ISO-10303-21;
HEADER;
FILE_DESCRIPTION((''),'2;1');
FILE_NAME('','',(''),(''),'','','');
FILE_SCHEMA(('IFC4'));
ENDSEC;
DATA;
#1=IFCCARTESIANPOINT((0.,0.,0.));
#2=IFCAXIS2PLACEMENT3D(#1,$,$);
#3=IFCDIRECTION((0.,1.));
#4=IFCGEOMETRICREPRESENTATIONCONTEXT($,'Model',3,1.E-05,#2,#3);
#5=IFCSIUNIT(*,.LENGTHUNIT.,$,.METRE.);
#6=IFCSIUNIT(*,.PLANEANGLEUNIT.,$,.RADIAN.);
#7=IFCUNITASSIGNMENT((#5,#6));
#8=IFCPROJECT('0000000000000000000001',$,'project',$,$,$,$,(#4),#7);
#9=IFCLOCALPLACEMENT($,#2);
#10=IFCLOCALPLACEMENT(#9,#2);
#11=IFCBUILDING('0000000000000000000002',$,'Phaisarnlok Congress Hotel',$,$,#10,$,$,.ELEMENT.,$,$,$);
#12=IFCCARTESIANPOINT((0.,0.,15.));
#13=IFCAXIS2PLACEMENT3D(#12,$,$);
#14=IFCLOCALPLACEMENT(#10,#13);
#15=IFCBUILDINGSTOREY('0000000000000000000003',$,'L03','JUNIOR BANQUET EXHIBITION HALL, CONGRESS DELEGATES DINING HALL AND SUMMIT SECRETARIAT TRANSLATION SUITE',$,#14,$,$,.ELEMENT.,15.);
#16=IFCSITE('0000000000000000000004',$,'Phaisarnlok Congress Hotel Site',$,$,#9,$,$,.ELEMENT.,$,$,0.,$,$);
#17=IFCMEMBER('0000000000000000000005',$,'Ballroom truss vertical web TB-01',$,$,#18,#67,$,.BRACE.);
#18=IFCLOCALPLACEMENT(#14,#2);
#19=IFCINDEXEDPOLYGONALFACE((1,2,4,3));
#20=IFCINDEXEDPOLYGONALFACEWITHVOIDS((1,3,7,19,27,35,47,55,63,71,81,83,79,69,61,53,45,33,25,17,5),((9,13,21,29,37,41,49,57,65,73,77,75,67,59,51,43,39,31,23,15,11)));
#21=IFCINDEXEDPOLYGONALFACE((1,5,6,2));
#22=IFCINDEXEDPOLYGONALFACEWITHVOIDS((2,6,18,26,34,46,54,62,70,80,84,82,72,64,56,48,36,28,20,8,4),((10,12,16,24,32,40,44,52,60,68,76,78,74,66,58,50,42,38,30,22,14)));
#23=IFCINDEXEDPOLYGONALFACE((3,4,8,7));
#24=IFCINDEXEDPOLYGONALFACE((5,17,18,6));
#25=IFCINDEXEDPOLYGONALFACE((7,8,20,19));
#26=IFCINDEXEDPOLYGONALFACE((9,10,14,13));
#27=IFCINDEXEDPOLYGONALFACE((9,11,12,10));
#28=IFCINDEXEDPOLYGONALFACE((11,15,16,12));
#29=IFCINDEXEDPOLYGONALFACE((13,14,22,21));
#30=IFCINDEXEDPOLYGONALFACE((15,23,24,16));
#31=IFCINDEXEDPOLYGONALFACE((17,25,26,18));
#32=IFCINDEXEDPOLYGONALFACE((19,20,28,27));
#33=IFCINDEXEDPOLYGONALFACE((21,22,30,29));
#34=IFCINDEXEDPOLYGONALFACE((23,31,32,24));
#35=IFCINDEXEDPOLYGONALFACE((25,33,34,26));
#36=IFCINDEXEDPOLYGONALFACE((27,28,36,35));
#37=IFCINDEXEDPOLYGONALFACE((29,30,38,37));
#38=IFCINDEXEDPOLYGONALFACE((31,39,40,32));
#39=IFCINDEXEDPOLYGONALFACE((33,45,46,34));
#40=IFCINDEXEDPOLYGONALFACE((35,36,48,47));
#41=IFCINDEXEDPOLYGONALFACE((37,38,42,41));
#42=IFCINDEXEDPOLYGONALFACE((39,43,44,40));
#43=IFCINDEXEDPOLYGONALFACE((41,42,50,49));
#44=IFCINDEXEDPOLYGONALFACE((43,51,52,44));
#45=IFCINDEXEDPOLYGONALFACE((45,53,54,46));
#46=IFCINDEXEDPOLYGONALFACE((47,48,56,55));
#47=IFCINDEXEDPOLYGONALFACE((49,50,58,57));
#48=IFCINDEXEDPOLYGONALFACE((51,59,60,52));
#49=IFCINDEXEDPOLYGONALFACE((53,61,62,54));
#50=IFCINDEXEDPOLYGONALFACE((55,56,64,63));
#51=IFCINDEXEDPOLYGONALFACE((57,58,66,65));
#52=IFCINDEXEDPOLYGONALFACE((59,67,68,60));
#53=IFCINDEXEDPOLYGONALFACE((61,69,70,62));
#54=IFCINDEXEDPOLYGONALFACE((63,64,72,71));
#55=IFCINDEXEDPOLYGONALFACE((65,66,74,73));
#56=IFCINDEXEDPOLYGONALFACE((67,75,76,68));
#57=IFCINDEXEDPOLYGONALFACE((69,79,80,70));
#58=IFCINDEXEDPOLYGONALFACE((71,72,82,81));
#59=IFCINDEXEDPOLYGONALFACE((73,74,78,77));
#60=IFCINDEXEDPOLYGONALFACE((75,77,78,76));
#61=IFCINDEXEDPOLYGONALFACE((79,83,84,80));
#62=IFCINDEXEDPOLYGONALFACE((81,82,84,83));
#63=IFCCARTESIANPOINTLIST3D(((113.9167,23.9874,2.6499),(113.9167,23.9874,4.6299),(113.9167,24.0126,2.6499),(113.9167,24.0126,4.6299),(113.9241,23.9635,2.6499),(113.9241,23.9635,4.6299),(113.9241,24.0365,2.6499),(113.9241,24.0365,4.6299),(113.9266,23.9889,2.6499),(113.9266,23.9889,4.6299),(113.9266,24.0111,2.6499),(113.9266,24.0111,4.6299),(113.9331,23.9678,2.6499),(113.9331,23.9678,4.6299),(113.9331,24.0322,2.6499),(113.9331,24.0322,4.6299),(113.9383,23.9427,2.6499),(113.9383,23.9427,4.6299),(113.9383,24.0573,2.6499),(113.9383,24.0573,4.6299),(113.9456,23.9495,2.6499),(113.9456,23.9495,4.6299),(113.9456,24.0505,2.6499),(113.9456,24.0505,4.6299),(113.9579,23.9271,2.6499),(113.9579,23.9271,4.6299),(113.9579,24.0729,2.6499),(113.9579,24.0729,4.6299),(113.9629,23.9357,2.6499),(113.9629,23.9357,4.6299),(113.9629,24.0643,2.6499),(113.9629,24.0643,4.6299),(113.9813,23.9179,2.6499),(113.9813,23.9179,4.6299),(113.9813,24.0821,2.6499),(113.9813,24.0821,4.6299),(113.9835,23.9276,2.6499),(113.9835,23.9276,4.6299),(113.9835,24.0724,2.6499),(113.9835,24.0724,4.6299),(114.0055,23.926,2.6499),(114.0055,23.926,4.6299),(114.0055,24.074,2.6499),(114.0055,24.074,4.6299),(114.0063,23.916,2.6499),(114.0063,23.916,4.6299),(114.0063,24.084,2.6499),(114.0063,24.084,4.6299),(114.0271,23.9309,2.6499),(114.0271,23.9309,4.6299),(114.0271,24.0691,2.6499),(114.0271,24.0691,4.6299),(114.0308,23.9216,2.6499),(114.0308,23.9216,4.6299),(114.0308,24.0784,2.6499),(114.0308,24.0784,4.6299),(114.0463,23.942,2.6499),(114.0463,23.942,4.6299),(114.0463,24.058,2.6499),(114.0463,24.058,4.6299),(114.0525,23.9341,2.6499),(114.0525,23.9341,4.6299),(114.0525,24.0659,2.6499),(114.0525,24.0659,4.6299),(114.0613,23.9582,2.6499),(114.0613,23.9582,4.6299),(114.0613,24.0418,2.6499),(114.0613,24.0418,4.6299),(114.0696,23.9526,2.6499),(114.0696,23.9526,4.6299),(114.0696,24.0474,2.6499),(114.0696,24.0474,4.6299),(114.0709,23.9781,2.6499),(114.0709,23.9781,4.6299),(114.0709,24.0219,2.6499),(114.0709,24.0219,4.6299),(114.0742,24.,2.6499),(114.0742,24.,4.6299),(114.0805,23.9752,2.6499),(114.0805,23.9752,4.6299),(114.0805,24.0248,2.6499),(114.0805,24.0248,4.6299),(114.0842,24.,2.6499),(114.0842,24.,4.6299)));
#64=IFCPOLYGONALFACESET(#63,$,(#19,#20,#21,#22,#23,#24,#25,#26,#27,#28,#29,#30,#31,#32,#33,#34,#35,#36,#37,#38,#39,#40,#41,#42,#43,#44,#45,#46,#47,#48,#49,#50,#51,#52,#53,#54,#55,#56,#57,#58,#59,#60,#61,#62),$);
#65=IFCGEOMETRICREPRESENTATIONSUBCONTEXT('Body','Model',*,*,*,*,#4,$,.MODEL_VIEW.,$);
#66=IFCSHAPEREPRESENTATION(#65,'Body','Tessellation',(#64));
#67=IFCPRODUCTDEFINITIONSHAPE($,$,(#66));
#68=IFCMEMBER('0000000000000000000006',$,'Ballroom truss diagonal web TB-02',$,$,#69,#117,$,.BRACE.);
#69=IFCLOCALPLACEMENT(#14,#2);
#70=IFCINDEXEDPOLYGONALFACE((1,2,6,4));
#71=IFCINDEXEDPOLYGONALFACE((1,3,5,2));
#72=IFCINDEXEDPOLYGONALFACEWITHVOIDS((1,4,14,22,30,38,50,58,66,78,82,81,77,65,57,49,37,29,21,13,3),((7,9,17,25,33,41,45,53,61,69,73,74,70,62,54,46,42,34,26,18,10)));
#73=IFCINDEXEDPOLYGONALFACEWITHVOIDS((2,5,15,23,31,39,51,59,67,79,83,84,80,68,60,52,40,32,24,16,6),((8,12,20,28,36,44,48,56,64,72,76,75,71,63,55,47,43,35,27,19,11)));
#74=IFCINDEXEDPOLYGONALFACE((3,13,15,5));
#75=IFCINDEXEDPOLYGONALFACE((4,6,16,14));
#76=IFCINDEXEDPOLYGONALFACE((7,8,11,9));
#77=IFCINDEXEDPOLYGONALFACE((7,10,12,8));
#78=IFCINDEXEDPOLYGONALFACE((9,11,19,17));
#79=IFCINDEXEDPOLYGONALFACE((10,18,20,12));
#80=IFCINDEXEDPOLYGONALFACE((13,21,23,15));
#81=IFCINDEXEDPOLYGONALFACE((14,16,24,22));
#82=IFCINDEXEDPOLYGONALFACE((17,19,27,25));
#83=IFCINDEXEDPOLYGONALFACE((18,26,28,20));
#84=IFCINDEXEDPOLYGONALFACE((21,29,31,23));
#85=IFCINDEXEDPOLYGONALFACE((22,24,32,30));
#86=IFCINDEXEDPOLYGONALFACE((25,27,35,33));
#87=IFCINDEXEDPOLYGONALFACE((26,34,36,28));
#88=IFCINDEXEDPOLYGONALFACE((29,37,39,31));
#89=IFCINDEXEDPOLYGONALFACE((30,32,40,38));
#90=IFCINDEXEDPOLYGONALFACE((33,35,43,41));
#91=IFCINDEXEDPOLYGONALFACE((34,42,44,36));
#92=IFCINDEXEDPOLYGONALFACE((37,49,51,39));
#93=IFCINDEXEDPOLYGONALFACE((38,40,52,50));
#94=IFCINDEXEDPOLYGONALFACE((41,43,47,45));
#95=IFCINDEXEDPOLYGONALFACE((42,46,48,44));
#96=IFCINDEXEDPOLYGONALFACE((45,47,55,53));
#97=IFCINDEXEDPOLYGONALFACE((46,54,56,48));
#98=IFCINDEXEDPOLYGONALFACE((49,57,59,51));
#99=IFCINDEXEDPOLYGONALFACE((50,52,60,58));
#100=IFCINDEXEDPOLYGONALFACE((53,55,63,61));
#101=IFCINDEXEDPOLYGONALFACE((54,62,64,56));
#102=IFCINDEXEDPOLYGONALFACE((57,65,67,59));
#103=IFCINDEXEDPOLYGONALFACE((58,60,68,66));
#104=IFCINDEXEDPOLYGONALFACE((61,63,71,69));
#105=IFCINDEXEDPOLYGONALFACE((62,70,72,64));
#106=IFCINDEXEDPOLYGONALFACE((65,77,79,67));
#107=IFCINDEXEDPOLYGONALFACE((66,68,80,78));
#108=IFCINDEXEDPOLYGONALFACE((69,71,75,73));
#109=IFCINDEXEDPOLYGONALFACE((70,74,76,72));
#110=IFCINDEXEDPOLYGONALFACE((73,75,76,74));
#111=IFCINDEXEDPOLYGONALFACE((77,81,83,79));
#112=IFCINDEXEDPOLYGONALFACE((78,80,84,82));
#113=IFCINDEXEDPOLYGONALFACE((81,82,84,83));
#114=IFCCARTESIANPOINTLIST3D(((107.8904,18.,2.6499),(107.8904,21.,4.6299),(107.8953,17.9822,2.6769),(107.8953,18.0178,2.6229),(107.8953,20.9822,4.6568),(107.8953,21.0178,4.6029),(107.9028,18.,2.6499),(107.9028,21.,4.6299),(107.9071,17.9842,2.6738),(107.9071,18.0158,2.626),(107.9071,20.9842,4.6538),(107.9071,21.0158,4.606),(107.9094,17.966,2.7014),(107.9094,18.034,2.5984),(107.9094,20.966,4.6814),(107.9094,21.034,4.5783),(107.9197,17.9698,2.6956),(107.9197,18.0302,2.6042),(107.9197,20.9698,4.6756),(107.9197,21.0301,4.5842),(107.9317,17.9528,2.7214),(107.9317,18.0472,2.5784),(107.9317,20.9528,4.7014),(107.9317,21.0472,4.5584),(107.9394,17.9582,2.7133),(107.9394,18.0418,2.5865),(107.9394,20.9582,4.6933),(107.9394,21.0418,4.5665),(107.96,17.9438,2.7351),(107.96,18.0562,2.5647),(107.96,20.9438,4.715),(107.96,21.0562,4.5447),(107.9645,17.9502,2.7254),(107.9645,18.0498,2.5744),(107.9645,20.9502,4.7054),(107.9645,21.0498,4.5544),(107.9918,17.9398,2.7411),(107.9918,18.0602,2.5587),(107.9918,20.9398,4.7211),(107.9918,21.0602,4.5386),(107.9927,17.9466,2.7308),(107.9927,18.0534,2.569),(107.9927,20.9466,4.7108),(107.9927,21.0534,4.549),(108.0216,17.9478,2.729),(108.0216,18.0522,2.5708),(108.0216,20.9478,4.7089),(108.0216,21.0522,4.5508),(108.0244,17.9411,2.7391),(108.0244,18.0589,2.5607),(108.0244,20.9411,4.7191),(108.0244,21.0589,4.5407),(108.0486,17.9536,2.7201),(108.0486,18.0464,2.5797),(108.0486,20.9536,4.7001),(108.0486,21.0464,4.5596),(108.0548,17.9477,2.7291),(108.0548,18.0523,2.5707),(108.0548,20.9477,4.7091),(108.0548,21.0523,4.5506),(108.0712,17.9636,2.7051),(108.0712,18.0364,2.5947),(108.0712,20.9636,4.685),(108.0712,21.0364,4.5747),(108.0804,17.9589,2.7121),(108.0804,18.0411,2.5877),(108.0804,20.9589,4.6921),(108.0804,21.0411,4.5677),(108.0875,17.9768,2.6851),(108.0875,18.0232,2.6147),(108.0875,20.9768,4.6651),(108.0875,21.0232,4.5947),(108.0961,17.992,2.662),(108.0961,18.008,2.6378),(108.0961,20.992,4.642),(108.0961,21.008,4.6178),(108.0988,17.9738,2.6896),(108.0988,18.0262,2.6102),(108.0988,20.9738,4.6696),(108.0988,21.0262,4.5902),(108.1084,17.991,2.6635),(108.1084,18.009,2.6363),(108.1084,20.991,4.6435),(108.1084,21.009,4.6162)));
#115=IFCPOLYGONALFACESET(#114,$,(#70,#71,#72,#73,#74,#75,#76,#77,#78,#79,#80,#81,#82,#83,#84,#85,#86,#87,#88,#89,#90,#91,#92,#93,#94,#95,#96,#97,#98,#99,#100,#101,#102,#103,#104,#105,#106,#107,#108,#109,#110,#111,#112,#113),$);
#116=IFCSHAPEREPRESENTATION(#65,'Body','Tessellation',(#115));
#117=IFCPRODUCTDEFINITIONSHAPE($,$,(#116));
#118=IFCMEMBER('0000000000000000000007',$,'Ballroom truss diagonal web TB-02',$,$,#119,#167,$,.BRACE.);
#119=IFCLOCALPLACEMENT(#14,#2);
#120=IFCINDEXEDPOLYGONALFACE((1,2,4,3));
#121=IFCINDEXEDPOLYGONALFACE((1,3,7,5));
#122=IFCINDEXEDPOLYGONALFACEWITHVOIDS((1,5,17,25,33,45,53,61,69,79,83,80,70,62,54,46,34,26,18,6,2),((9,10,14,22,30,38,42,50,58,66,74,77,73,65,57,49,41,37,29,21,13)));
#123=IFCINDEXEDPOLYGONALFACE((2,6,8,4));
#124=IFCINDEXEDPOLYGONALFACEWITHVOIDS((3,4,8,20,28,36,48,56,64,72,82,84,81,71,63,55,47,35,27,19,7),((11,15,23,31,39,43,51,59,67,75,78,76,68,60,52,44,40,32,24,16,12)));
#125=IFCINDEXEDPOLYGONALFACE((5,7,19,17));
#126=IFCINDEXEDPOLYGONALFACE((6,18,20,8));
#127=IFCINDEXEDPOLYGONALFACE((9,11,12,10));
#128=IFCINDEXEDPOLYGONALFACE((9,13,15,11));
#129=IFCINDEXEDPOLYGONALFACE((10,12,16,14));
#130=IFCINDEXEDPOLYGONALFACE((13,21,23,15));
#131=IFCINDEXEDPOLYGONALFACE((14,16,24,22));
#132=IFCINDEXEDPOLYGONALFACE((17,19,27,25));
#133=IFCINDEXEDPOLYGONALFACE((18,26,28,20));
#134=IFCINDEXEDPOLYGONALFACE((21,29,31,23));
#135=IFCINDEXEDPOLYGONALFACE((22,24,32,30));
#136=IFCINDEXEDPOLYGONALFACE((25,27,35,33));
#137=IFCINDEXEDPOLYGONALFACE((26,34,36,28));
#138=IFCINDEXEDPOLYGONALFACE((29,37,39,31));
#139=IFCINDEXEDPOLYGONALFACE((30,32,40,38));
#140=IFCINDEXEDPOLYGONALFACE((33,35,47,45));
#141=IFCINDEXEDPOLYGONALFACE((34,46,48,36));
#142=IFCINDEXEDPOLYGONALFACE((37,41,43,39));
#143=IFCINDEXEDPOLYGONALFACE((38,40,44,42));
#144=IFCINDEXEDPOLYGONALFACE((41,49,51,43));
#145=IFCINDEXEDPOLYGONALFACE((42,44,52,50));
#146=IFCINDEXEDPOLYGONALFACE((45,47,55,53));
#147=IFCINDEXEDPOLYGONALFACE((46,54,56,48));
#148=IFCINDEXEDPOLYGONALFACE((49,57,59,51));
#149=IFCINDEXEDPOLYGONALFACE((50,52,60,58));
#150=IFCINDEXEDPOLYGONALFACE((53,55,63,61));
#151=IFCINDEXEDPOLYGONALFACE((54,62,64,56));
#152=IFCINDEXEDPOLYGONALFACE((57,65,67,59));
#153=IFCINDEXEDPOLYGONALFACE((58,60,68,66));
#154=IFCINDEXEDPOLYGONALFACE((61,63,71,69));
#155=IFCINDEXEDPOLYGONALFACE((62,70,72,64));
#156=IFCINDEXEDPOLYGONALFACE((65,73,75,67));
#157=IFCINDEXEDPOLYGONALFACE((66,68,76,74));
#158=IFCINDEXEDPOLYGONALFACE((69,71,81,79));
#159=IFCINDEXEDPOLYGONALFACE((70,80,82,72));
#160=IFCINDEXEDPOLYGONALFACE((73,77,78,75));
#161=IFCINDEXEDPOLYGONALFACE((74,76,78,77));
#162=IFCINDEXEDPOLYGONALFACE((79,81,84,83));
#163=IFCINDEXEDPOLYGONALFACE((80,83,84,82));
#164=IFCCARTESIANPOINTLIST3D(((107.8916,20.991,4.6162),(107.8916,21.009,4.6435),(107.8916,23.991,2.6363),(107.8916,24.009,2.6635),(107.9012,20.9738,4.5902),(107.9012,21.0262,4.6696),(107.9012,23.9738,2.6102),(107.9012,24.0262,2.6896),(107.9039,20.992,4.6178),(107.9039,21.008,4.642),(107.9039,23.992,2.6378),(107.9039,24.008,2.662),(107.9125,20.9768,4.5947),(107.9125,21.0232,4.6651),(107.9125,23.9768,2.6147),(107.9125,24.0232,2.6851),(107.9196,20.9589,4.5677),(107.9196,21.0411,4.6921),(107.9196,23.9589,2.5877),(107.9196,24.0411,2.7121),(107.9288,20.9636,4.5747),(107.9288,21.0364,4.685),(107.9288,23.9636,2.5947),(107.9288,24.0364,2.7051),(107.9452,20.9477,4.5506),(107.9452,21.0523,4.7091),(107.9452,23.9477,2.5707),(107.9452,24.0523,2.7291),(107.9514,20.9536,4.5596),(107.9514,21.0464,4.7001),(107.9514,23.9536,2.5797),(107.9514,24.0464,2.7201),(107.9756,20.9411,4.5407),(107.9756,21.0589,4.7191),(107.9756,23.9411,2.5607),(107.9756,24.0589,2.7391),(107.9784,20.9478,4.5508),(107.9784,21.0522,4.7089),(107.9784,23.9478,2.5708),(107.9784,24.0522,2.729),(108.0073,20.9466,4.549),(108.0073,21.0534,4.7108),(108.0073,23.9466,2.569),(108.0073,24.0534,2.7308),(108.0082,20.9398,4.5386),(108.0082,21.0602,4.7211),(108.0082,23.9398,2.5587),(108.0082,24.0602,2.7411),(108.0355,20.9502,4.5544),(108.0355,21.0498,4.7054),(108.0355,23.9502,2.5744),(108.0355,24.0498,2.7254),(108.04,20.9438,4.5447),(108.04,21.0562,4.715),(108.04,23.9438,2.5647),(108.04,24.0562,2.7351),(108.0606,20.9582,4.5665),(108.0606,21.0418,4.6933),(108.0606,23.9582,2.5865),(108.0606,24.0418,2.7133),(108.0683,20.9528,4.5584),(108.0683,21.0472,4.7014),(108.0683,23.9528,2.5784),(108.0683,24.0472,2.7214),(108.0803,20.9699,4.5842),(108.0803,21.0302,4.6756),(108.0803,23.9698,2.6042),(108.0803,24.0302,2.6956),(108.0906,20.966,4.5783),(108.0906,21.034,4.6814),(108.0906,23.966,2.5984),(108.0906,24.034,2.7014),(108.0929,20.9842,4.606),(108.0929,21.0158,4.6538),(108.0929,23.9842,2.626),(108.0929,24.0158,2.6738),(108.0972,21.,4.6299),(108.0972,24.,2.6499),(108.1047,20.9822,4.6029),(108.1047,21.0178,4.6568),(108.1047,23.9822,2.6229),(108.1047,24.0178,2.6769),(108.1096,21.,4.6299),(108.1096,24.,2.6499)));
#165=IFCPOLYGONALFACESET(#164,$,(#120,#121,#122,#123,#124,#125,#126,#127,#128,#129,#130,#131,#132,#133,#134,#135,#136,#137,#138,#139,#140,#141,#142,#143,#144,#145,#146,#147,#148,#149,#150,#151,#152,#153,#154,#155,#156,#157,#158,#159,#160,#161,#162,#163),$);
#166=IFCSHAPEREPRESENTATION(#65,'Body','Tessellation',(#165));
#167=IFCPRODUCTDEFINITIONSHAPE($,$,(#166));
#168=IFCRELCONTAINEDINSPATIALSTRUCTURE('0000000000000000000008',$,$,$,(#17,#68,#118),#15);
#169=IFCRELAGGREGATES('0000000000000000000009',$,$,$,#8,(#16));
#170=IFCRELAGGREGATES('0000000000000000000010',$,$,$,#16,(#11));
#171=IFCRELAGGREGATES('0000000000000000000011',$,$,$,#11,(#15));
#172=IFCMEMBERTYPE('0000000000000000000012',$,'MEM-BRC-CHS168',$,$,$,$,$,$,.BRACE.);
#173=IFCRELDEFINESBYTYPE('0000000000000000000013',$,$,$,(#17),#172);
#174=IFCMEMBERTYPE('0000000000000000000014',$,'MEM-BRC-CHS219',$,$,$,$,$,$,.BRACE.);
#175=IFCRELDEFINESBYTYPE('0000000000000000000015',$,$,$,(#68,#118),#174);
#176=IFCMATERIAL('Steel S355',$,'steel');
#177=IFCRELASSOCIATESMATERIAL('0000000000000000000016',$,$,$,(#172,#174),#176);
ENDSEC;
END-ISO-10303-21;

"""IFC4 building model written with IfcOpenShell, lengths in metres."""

from ifc_helpers import new_model, si_unit, direction, frame, origin, origin_2d, place, context, subcontext, project, spatial, hollow_circle, extrude, material, material_profile, profile_set, type_object, element, save


model = new_model("IFC4")

# Units and contexts
model_context = context("Model", 3, precision=1e-05, world=origin(), true_north=direction((0.0, 1.0)))
body_context = subcontext(model_context, "Body", "Model", "MODEL_VIEW")
ifc_project = project(units=[si_unit("LENGTHUNIT", "METRE"), si_unit("PLANEANGLEUNIT", "RADIAN")], contexts=[model_context])

# Site, building, storey
site_placement = place(None, origin())
site = spatial("IfcSite", under=ifc_project, at=site_placement, Name="Phaisarnlok Congress Hotel Site", CompositionType="ELEMENT", RefElevation=0.0)
building_placement = place(site_placement, origin())
building = spatial("IfcBuilding", under=site, at=building_placement, Name="Phaisarnlok Congress Hotel", CompositionType="ELEMENT")
storey_placement = place(building_placement, frame((0.0, 0.0, 15.0)))
storey = spatial("IfcBuildingStorey", under=building, at=storey_placement, Name="L03", Description="JUNIOR BANQUET EXHIBITION HALL, CONGRESS DELEGATES DINING HALL AND SUMMIT SECRETARIAT TRANSLATION SUITE", CompositionType="ELEMENT", Elevation=15.0)

# Members
ifc_material = material(Name="Steel S355", Category="steel")
ifc_material_profile_1 = material_profile(ifc_material, hollow_circle(Radius=0.0842, WallThickness=0.01, at=origin_2d()), Name="CHS 168.3x10")
ifc_profile_set_1 = profile_set([ifc_material_profile_1], Name="Steel S355")
member_type_1 = type_object("IfcMemberType", Name="MEM-BRC-CHS168", PredefinedType="BRACE", material=ifc_profile_set_1)
for number, where, z_axis, x_axis, name in (
    (1, (114.0, 24.0, 2.6499), (0.0, 0.0, 1.0), (1.0, 0.0, 0.0), "Ballroom truss vertical web TB-01"),
):
    element("IfcMember", number, at=place(storey_placement, frame(where, z_axis=z_axis, x_axis=x_axis)), inside=storey, type_object=member_type_1, Name=name, PredefinedType="BRACE", context=body_context, shape_type="SweptSolid", body=[
        extrude(hollow_circle(Radius=0.0842, WallThickness=0.01, at=origin_2d()), origin(), (0.0, 0.0, 1.0), 1.98),
    ])
ifc_material_profile_2 = material_profile(ifc_material, hollow_circle(Radius=0.1096, WallThickness=0.0125, at=origin_2d()), Name="CHS 219.1x12.5")
ifc_profile_set_2 = profile_set([ifc_material_profile_2], Name="Steel S355")
member_type_2 = type_object("IfcMemberType", Name="MEM-BRC-CHS219", PredefinedType="BRACE", material=ifc_profile_set_2)
for number, where, z_axis, x_axis, name in (
    (2, (108.0, 18.0, 2.6499), (0.0, 0.834612, 0.550838), (-1.0, 0.0, 0.0), "Ballroom truss diagonal web TB-02"),
    (3, (108.0, 24.0, 2.6499), (0.0, -0.834612, 0.550838), (1.0, 0.0, 0.0), "Ballroom truss diagonal web TB-02"),
):
    element("IfcMember", number, at=place(storey_placement, frame(where, z_axis=z_axis, x_axis=x_axis)), inside=storey, type_object=member_type_2, Name=name, PredefinedType="BRACE", context=body_context, shape_type="SweptSolid", body=[
        extrude(hollow_circle(Radius=0.1096, WallThickness=0.0125, at=origin_2d()), origin(), (0.0, 0.0, 1.0), 3.5945),
    ])

save(model, "model.ifc")
